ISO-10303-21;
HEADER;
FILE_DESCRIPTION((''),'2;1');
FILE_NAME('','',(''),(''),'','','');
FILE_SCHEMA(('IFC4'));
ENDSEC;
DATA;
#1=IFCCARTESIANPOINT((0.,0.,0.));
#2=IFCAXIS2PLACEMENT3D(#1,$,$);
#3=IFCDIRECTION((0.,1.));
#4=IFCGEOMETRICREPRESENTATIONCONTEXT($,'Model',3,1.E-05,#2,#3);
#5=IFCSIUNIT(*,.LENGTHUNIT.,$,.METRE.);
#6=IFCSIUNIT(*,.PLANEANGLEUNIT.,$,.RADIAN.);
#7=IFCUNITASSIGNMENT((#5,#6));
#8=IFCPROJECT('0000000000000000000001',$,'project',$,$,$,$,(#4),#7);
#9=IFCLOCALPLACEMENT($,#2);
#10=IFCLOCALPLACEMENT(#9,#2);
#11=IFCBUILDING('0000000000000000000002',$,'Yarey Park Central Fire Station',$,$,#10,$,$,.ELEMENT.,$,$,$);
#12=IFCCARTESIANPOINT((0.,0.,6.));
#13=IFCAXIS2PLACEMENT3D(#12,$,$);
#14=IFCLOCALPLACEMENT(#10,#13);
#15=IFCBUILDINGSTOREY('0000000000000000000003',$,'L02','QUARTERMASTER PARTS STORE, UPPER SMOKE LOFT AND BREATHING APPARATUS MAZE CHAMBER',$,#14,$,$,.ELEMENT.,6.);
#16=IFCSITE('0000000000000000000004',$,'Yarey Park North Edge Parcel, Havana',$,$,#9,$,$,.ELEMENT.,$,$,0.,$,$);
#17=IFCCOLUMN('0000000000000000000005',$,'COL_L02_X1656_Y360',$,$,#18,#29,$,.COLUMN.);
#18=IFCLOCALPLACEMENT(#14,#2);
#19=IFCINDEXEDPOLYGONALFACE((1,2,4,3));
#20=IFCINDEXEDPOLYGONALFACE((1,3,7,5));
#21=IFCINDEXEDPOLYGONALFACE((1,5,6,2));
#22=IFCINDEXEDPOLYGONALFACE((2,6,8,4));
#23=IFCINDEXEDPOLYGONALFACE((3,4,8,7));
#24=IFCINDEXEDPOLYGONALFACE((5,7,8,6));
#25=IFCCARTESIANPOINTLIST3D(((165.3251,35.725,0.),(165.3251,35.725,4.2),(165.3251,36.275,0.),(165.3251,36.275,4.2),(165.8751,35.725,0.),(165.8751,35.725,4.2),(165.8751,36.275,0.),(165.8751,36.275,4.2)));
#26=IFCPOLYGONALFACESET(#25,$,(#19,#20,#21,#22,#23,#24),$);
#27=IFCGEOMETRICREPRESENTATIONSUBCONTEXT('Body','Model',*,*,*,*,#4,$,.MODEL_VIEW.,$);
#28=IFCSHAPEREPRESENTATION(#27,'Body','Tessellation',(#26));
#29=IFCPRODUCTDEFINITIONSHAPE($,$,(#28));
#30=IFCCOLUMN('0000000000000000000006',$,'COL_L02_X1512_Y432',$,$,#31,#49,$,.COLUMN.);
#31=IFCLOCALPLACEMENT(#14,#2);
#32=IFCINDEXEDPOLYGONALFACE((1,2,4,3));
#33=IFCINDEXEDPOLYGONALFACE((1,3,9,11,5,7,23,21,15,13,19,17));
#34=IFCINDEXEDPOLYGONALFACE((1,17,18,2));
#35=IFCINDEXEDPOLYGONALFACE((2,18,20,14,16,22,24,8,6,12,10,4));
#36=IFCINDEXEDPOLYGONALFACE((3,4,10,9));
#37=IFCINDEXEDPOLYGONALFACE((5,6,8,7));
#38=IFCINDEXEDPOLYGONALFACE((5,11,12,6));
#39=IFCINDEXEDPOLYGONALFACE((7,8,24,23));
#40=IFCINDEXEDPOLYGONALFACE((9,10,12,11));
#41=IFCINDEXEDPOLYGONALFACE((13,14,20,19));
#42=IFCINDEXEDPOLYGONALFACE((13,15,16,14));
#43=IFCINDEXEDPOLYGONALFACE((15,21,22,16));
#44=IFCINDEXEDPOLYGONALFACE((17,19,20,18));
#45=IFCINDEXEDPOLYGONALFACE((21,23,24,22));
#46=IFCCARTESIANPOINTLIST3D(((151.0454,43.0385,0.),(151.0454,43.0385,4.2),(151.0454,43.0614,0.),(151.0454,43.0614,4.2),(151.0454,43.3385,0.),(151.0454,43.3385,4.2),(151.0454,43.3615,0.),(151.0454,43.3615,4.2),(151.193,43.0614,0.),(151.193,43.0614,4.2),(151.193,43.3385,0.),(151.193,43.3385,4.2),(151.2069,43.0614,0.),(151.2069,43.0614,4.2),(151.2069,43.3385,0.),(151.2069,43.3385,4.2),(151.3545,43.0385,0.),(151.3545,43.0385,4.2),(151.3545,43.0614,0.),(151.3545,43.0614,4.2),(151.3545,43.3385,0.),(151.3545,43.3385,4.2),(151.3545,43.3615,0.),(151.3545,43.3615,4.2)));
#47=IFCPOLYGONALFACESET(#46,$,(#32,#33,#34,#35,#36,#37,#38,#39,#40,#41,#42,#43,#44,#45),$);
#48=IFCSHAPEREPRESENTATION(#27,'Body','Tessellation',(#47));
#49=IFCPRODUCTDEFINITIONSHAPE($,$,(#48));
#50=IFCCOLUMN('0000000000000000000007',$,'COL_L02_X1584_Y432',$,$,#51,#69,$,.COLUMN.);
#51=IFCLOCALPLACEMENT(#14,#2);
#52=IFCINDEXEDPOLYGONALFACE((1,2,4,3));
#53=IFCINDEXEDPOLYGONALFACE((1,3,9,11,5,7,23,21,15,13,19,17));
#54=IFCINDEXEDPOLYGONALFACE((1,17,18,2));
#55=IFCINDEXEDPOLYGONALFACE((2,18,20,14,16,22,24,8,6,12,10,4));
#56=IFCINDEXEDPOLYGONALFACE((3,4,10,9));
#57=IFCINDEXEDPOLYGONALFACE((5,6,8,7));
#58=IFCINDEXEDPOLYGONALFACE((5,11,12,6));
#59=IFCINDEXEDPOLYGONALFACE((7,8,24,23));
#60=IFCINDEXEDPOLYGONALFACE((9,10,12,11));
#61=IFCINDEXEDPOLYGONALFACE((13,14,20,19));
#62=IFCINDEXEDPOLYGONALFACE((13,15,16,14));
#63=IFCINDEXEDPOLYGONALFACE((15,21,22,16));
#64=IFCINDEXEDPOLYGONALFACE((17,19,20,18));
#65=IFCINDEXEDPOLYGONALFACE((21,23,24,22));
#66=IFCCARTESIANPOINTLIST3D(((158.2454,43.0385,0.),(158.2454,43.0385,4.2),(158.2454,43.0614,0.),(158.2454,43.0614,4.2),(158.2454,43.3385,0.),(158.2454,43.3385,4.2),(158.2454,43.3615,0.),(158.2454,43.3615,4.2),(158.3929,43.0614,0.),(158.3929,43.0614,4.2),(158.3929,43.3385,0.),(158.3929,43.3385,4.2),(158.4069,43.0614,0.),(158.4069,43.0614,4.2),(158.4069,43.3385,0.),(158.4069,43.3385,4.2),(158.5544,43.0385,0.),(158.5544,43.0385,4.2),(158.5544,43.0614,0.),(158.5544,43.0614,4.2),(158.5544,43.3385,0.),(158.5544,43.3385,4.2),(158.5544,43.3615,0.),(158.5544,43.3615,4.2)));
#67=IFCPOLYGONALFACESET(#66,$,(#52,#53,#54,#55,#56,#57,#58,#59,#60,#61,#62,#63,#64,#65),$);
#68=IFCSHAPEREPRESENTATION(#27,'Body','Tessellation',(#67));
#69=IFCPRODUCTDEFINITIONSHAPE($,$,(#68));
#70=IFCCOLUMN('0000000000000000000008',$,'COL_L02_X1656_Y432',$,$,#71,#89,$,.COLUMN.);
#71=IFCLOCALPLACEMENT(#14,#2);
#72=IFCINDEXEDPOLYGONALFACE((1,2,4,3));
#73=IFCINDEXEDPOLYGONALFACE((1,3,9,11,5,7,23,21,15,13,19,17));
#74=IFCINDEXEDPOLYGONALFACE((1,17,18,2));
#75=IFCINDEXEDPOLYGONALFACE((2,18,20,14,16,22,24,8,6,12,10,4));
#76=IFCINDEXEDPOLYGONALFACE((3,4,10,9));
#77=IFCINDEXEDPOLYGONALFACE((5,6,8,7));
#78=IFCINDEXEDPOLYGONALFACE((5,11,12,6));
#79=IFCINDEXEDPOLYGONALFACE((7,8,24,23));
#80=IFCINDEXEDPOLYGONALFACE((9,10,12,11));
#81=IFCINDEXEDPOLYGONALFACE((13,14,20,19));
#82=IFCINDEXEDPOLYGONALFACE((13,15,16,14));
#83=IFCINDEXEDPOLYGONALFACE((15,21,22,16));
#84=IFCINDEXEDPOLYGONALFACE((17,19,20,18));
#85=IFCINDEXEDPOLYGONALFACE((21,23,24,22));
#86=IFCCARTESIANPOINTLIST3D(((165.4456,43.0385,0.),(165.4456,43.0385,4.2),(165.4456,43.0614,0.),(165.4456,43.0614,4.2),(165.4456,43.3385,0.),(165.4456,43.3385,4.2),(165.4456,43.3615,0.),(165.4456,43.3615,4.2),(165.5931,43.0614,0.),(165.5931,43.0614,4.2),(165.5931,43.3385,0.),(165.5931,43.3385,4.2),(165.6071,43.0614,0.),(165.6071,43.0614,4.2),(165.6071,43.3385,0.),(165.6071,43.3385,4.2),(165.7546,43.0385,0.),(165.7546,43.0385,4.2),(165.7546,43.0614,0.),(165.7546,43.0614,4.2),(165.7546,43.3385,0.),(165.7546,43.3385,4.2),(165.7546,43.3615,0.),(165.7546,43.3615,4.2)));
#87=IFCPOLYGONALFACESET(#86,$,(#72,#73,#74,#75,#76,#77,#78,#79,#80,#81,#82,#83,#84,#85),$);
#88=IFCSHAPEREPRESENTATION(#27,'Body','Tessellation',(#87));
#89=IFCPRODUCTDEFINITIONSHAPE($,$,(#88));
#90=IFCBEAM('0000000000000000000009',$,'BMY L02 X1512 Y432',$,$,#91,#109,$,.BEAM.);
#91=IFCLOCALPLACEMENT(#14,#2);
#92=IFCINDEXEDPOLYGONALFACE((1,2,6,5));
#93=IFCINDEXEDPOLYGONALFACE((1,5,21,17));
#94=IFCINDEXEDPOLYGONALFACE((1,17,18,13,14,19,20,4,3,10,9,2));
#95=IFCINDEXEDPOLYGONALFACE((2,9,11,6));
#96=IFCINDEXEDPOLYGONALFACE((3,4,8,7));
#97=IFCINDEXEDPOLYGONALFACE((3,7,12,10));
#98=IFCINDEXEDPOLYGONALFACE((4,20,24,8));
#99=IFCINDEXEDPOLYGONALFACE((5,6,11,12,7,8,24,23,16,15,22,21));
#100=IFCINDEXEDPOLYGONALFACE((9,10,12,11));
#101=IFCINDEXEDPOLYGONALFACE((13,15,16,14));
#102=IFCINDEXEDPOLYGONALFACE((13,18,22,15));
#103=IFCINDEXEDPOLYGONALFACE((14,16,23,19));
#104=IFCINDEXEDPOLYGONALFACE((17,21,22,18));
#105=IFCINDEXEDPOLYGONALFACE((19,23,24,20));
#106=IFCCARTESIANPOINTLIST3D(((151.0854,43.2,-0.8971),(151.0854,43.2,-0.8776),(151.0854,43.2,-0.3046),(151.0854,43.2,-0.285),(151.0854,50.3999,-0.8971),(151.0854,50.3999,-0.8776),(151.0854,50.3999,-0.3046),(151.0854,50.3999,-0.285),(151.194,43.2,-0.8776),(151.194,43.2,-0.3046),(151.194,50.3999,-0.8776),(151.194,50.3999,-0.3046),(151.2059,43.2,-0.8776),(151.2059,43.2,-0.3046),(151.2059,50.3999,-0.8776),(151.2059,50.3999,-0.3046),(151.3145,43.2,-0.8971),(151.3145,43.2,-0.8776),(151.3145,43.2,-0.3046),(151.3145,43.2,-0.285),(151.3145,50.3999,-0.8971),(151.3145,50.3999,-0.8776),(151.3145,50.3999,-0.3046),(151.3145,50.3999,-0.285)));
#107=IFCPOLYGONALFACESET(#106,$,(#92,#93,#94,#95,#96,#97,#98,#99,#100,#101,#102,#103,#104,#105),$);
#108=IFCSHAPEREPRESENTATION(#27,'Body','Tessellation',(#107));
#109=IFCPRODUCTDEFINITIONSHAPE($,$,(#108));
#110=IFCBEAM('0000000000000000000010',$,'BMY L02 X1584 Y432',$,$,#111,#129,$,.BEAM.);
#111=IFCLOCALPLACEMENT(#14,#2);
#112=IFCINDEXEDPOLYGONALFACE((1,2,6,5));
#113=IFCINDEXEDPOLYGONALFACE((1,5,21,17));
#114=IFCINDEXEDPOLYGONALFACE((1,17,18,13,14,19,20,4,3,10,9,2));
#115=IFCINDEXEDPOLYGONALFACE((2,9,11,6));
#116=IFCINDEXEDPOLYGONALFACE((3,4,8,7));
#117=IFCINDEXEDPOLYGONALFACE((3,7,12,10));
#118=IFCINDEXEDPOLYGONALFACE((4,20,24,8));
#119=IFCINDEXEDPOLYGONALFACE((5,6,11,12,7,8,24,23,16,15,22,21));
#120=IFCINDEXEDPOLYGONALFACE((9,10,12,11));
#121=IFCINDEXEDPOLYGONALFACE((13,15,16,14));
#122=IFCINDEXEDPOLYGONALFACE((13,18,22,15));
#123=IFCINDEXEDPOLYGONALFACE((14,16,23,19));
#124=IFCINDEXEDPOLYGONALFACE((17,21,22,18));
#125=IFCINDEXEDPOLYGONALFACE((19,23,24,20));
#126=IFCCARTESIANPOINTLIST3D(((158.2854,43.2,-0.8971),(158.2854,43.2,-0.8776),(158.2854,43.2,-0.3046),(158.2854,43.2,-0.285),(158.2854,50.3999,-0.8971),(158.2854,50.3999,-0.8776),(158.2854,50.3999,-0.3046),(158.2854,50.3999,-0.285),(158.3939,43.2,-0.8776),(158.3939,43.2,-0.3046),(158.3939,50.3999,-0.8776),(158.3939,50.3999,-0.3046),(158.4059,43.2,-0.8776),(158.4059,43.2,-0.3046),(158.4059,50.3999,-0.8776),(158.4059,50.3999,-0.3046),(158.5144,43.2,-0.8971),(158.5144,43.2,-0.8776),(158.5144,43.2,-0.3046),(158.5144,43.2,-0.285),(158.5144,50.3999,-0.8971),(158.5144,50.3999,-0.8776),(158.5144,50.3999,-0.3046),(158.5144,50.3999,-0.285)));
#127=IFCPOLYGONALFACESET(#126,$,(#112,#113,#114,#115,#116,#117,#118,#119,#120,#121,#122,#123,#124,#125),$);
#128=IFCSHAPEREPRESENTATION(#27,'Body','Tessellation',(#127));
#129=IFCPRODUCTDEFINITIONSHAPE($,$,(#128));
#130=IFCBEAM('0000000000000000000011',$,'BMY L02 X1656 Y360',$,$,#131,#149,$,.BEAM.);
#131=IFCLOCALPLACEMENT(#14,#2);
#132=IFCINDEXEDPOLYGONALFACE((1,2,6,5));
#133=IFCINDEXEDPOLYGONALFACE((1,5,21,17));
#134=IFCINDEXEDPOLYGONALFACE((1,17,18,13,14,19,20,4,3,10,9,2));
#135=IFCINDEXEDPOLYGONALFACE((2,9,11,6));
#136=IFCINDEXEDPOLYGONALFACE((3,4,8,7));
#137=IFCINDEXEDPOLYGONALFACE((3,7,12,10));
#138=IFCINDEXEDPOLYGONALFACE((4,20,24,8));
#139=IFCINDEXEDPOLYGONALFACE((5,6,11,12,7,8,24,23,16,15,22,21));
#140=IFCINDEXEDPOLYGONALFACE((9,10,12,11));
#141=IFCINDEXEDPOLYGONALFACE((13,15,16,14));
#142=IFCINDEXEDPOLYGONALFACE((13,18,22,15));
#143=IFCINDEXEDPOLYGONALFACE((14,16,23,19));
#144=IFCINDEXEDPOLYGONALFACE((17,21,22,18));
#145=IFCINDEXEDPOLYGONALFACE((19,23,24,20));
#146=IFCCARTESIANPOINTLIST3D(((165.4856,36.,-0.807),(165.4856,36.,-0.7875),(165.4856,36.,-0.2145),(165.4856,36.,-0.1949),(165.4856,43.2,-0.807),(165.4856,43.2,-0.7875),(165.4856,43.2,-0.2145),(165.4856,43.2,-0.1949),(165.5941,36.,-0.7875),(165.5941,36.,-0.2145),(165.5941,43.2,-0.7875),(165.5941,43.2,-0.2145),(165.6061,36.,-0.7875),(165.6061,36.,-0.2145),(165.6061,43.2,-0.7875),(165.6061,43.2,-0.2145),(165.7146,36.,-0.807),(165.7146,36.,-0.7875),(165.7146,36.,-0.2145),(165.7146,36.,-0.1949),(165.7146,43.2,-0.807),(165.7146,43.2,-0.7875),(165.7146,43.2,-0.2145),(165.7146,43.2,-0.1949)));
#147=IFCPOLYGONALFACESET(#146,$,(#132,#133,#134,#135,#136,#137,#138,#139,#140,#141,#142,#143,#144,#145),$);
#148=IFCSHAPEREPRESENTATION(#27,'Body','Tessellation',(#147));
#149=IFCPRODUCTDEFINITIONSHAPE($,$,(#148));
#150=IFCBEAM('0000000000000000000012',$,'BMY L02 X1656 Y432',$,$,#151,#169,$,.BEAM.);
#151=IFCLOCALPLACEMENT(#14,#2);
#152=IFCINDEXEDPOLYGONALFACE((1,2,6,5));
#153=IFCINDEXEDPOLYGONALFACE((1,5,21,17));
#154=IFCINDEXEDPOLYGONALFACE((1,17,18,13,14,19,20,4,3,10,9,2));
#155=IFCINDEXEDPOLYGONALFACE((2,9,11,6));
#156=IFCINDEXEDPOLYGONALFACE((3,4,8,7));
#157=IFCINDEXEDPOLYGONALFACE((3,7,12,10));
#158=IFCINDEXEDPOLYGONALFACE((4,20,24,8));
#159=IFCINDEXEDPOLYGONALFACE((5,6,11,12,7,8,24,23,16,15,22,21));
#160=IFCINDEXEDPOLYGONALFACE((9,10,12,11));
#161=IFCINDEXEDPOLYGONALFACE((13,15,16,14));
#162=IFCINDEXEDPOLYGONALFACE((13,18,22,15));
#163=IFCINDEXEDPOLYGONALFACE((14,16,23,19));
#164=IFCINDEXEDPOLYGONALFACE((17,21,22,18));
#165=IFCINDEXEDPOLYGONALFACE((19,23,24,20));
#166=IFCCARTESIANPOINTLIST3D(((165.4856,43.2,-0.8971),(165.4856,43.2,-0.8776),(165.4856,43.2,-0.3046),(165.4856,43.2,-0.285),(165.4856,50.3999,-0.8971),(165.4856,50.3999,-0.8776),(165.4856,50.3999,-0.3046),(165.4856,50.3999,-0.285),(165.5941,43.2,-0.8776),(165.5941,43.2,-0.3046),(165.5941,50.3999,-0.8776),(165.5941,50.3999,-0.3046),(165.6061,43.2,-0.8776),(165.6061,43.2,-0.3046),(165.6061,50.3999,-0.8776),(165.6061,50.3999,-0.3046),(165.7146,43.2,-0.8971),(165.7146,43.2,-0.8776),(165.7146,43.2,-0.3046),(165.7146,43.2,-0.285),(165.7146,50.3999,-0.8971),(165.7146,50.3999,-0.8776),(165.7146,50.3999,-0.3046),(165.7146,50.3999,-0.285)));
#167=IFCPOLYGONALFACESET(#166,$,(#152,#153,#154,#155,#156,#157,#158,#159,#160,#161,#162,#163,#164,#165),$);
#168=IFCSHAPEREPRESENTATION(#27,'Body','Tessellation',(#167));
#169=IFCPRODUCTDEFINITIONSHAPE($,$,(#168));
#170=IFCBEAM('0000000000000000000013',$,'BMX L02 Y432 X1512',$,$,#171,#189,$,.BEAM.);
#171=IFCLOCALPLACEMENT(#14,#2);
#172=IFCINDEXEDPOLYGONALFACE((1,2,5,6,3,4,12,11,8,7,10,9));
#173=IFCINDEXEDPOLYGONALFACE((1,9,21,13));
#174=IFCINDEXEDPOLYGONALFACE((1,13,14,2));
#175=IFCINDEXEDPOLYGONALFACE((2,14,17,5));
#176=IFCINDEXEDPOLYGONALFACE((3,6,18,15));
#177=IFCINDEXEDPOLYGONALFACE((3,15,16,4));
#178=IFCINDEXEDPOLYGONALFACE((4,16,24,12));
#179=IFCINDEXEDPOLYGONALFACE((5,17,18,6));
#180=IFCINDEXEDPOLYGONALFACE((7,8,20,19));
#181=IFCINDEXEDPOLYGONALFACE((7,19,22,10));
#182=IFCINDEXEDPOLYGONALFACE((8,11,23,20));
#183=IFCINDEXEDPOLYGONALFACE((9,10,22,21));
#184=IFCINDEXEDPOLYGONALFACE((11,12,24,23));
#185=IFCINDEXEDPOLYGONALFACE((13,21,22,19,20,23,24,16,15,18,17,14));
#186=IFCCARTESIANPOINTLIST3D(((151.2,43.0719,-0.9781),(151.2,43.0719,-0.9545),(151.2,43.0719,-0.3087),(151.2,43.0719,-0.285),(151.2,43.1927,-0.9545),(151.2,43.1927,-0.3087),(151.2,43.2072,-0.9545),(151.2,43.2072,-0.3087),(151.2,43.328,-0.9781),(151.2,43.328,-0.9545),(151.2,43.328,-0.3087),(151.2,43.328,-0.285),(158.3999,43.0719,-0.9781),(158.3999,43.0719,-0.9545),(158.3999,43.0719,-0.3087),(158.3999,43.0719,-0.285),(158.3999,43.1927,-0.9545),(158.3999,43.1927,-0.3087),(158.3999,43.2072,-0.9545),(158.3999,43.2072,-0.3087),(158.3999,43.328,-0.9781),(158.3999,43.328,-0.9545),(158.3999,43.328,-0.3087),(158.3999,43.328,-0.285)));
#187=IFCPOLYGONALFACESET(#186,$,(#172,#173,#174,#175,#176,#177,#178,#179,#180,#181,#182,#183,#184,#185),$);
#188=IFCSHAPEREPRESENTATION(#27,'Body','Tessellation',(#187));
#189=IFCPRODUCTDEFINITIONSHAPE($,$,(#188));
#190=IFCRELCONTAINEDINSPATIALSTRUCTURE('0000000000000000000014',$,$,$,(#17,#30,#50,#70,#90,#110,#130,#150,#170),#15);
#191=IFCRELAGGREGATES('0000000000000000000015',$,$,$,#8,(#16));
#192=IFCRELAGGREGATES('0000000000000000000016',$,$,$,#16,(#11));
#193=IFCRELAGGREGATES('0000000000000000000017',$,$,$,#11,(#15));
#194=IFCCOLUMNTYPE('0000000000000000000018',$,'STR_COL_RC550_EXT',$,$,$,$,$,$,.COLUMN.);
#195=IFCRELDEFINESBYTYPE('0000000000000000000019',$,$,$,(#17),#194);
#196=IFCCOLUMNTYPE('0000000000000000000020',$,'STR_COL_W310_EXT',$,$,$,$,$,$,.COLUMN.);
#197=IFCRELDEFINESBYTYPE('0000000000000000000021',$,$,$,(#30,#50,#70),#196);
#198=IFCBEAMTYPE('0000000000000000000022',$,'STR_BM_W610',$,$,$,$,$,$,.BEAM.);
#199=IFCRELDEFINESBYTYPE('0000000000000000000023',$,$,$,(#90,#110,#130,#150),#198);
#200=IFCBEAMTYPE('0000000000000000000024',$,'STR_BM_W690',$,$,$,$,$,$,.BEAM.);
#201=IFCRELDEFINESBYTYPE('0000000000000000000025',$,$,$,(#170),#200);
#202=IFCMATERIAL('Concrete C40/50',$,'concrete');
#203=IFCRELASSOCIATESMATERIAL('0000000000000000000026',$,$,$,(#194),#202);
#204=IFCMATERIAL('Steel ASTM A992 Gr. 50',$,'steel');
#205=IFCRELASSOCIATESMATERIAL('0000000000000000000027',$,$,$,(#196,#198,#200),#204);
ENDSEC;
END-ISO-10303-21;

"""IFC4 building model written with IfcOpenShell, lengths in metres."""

from ifc_helpers import new_model, si_unit, direction, frame, origin, origin_2d, place, context, subcontext, project, spatial, rectangle, i_section, extrude, material, material_profile, profile_set, type_object, element, save


model = new_model("IFC4")

# Units and contexts
model_context = context("Model", 3, precision=1e-05, world=origin(), true_north=direction((0.0, 1.0)))
body_context = subcontext(model_context, "Body", "Model", "MODEL_VIEW")
ifc_project = project(units=[si_unit("LENGTHUNIT", "METRE"), si_unit("PLANEANGLEUNIT", "RADIAN")], contexts=[model_context])

# Site, building, storey
site_placement = place(None, origin())
site = spatial("IfcSite", under=ifc_project, at=site_placement, Name="Yarey Park North Edge Parcel, Havana", CompositionType="ELEMENT", RefElevation=0.0)
building_placement = place(site_placement, origin())
building = spatial("IfcBuilding", under=site, at=building_placement, Name="Yarey Park Central Fire Station", CompositionType="ELEMENT")
storey_placement = place(building_placement, frame((0.0, 0.0, 6.0)))
storey = spatial("IfcBuildingStorey", under=building, at=storey_placement, Name="L02", Description="QUARTERMASTER PARTS STORE, UPPER SMOKE LOFT AND BREATHING APPARATUS MAZE CHAMBER", CompositionType="ELEMENT", Elevation=6.0)

# Columns
ifc_material_1 = material(Name="Concrete C40/50", Category="concrete")
ifc_material_profile_1 = material_profile(ifc_material_1, rectangle(XDim=0.55, YDim=0.55, at=origin_2d()), Name="RC 550x550")
ifc_profile_set_1 = profile_set([ifc_material_profile_1], Name="Concrete C40/50")
column_type_1 = type_object("IfcColumnType", Name="STR_COL_RC550_EXT", PredefinedType="COLUMN", material=ifc_profile_set_1)
column_placement = place(storey_placement, frame((165.6001, 36.0, 0.0), z_axis=(0.0, 0.0, 1.0), x_axis=(1.0, 0.0, 0.0)))
element("IfcColumn", 1, at=column_placement, inside=storey, type_object=column_type_1, Name="COL_L02_X1656_Y360", PredefinedType="COLUMN", context=body_context, shape_type="SweptSolid", body=[
    extrude(rectangle(XDim=0.55, YDim=0.55, at=origin_2d()), origin(), (0.0, 0.0, 1.0), 4.2),
])
ifc_material_2 = material(Name="Steel ASTM A992 Gr. 50", Category="steel")
ifc_material_profile_2 = material_profile(ifc_material_2, i_section(OverallWidth=0.3091, OverallDepth=0.323, WebThickness=0.0139, FlangeThickness=0.0229, at=origin_2d()), Name="W310x143")
ifc_profile_set_2 = profile_set([ifc_material_profile_2], Name="Steel ASTM A992 Gr. 50")
column_type_2 = type_object("IfcColumnType", Name="STR_COL_W310_EXT", PredefinedType="COLUMN", material=ifc_profile_set_2)
for number, where, z_axis, x_axis, name in (
    (2, (151.2, 43.2, 0.0), (0.0, 0.0, 1.0), (1.0, 0.0, 0.0), "COL_L02_X1512_Y432"),
    (3, (158.3999, 43.2, 0.0), (0.0, 0.0, 1.0), (1.0, 0.0, 0.0), "COL_L02_X1584_Y432"),
    (4, (165.6001, 43.2, 0.0), (0.0, 0.0, 1.0), (1.0, 0.0, 0.0), "COL_L02_X1656_Y432"),
):
    element("IfcColumn", number, at=place(storey_placement, frame(where, z_axis=z_axis, x_axis=x_axis)), inside=storey, type_object=column_type_2, Name=name, PredefinedType="COLUMN", context=body_context, shape_type="SweptSolid", body=[
        extrude(i_section(OverallWidth=0.3091, OverallDepth=0.323, WebThickness=0.0139, FlangeThickness=0.0229, at=origin_2d()), origin(), (0.0, 0.0, 1.0), 4.2),
    ])

# Beams
ifc_material_profile_3 = material_profile(ifc_material_2, i_section(OverallWidth=0.229, OverallDepth=0.6121, WebThickness=0.012, FlangeThickness=0.0195, at=origin_2d()), Name="W610x125")
ifc_profile_set_3 = profile_set([ifc_material_profile_3], Name="Steel ASTM A992 Gr. 50")
beam_type_1 = type_object("IfcBeamType", Name="STR_BM_W610", PredefinedType="BEAM", material=ifc_profile_set_3)
for number, where, z_axis, x_axis, name in (
    (5, (151.2, 43.2, -0.5911), (0.0, 1.0, 0.0), (-1.0, 0.0, 0.0), "BMY L02 X1512 Y432"),
    (6, (158.3999, 43.2, -0.5911), (0.0, 1.0, 0.0), (-1.0, 0.0, 0.0), "BMY L02 X1584 Y432"),
    (7, (165.6001, 36.0, -0.501), (0.0, 1.0, 0.0), (-1.0, 0.0, 0.0), "BMY L02 X1656 Y360"),
    (8, (165.6001, 43.2, -0.5911), (0.0, 1.0, 0.0), (-1.0, 0.0, 0.0), "BMY L02 X1656 Y432"),
):
    element("IfcBeam", number, at=place(storey_placement, frame(where, z_axis=z_axis, x_axis=x_axis)), inside=storey, type_object=beam_type_1, Name=name, PredefinedType="BEAM", context=body_context, shape_type="SweptSolid", body=[
        extrude(i_section(OverallWidth=0.229, OverallDepth=0.6121, WebThickness=0.012, FlangeThickness=0.0195, at=origin_2d()), origin(), (0.0, 0.0, 1.0), 7.2),
    ])
ifc_material_profile_4 = material_profile(ifc_material_2, i_section(OverallWidth=0.2561, OverallDepth=0.6931, WebThickness=0.0144, FlangeThickness=0.0237, at=origin_2d()), Name="W690x170")
ifc_profile_set_4 = profile_set([ifc_material_profile_4], Name="Steel ASTM A992 Gr. 50")
beam_type_2 = type_object("IfcBeamType", Name="STR_BM_W690", PredefinedType="BEAM", material=ifc_profile_set_4)
beam_1_placement = place(storey_placement, frame((151.2, 43.2, -0.6316), z_axis=(1.0, 0.0, 0.0), x_axis=(0.0, 1.0, 0.0)))
element("IfcBeam", 9, at=beam_1_placement, inside=storey, type_object=beam_type_2, Name="BMX L02 Y432 X1512", PredefinedType="BEAM", context=body_context, shape_type="SweptSolid", body=[
    extrude(i_section(OverallWidth=0.2561, OverallDepth=0.6931, WebThickness=0.0144, FlangeThickness=0.0237, at=origin_2d()), origin(), (0.0, 0.0, 1.0), 7.2),
])

save(model, "model.ifc")
